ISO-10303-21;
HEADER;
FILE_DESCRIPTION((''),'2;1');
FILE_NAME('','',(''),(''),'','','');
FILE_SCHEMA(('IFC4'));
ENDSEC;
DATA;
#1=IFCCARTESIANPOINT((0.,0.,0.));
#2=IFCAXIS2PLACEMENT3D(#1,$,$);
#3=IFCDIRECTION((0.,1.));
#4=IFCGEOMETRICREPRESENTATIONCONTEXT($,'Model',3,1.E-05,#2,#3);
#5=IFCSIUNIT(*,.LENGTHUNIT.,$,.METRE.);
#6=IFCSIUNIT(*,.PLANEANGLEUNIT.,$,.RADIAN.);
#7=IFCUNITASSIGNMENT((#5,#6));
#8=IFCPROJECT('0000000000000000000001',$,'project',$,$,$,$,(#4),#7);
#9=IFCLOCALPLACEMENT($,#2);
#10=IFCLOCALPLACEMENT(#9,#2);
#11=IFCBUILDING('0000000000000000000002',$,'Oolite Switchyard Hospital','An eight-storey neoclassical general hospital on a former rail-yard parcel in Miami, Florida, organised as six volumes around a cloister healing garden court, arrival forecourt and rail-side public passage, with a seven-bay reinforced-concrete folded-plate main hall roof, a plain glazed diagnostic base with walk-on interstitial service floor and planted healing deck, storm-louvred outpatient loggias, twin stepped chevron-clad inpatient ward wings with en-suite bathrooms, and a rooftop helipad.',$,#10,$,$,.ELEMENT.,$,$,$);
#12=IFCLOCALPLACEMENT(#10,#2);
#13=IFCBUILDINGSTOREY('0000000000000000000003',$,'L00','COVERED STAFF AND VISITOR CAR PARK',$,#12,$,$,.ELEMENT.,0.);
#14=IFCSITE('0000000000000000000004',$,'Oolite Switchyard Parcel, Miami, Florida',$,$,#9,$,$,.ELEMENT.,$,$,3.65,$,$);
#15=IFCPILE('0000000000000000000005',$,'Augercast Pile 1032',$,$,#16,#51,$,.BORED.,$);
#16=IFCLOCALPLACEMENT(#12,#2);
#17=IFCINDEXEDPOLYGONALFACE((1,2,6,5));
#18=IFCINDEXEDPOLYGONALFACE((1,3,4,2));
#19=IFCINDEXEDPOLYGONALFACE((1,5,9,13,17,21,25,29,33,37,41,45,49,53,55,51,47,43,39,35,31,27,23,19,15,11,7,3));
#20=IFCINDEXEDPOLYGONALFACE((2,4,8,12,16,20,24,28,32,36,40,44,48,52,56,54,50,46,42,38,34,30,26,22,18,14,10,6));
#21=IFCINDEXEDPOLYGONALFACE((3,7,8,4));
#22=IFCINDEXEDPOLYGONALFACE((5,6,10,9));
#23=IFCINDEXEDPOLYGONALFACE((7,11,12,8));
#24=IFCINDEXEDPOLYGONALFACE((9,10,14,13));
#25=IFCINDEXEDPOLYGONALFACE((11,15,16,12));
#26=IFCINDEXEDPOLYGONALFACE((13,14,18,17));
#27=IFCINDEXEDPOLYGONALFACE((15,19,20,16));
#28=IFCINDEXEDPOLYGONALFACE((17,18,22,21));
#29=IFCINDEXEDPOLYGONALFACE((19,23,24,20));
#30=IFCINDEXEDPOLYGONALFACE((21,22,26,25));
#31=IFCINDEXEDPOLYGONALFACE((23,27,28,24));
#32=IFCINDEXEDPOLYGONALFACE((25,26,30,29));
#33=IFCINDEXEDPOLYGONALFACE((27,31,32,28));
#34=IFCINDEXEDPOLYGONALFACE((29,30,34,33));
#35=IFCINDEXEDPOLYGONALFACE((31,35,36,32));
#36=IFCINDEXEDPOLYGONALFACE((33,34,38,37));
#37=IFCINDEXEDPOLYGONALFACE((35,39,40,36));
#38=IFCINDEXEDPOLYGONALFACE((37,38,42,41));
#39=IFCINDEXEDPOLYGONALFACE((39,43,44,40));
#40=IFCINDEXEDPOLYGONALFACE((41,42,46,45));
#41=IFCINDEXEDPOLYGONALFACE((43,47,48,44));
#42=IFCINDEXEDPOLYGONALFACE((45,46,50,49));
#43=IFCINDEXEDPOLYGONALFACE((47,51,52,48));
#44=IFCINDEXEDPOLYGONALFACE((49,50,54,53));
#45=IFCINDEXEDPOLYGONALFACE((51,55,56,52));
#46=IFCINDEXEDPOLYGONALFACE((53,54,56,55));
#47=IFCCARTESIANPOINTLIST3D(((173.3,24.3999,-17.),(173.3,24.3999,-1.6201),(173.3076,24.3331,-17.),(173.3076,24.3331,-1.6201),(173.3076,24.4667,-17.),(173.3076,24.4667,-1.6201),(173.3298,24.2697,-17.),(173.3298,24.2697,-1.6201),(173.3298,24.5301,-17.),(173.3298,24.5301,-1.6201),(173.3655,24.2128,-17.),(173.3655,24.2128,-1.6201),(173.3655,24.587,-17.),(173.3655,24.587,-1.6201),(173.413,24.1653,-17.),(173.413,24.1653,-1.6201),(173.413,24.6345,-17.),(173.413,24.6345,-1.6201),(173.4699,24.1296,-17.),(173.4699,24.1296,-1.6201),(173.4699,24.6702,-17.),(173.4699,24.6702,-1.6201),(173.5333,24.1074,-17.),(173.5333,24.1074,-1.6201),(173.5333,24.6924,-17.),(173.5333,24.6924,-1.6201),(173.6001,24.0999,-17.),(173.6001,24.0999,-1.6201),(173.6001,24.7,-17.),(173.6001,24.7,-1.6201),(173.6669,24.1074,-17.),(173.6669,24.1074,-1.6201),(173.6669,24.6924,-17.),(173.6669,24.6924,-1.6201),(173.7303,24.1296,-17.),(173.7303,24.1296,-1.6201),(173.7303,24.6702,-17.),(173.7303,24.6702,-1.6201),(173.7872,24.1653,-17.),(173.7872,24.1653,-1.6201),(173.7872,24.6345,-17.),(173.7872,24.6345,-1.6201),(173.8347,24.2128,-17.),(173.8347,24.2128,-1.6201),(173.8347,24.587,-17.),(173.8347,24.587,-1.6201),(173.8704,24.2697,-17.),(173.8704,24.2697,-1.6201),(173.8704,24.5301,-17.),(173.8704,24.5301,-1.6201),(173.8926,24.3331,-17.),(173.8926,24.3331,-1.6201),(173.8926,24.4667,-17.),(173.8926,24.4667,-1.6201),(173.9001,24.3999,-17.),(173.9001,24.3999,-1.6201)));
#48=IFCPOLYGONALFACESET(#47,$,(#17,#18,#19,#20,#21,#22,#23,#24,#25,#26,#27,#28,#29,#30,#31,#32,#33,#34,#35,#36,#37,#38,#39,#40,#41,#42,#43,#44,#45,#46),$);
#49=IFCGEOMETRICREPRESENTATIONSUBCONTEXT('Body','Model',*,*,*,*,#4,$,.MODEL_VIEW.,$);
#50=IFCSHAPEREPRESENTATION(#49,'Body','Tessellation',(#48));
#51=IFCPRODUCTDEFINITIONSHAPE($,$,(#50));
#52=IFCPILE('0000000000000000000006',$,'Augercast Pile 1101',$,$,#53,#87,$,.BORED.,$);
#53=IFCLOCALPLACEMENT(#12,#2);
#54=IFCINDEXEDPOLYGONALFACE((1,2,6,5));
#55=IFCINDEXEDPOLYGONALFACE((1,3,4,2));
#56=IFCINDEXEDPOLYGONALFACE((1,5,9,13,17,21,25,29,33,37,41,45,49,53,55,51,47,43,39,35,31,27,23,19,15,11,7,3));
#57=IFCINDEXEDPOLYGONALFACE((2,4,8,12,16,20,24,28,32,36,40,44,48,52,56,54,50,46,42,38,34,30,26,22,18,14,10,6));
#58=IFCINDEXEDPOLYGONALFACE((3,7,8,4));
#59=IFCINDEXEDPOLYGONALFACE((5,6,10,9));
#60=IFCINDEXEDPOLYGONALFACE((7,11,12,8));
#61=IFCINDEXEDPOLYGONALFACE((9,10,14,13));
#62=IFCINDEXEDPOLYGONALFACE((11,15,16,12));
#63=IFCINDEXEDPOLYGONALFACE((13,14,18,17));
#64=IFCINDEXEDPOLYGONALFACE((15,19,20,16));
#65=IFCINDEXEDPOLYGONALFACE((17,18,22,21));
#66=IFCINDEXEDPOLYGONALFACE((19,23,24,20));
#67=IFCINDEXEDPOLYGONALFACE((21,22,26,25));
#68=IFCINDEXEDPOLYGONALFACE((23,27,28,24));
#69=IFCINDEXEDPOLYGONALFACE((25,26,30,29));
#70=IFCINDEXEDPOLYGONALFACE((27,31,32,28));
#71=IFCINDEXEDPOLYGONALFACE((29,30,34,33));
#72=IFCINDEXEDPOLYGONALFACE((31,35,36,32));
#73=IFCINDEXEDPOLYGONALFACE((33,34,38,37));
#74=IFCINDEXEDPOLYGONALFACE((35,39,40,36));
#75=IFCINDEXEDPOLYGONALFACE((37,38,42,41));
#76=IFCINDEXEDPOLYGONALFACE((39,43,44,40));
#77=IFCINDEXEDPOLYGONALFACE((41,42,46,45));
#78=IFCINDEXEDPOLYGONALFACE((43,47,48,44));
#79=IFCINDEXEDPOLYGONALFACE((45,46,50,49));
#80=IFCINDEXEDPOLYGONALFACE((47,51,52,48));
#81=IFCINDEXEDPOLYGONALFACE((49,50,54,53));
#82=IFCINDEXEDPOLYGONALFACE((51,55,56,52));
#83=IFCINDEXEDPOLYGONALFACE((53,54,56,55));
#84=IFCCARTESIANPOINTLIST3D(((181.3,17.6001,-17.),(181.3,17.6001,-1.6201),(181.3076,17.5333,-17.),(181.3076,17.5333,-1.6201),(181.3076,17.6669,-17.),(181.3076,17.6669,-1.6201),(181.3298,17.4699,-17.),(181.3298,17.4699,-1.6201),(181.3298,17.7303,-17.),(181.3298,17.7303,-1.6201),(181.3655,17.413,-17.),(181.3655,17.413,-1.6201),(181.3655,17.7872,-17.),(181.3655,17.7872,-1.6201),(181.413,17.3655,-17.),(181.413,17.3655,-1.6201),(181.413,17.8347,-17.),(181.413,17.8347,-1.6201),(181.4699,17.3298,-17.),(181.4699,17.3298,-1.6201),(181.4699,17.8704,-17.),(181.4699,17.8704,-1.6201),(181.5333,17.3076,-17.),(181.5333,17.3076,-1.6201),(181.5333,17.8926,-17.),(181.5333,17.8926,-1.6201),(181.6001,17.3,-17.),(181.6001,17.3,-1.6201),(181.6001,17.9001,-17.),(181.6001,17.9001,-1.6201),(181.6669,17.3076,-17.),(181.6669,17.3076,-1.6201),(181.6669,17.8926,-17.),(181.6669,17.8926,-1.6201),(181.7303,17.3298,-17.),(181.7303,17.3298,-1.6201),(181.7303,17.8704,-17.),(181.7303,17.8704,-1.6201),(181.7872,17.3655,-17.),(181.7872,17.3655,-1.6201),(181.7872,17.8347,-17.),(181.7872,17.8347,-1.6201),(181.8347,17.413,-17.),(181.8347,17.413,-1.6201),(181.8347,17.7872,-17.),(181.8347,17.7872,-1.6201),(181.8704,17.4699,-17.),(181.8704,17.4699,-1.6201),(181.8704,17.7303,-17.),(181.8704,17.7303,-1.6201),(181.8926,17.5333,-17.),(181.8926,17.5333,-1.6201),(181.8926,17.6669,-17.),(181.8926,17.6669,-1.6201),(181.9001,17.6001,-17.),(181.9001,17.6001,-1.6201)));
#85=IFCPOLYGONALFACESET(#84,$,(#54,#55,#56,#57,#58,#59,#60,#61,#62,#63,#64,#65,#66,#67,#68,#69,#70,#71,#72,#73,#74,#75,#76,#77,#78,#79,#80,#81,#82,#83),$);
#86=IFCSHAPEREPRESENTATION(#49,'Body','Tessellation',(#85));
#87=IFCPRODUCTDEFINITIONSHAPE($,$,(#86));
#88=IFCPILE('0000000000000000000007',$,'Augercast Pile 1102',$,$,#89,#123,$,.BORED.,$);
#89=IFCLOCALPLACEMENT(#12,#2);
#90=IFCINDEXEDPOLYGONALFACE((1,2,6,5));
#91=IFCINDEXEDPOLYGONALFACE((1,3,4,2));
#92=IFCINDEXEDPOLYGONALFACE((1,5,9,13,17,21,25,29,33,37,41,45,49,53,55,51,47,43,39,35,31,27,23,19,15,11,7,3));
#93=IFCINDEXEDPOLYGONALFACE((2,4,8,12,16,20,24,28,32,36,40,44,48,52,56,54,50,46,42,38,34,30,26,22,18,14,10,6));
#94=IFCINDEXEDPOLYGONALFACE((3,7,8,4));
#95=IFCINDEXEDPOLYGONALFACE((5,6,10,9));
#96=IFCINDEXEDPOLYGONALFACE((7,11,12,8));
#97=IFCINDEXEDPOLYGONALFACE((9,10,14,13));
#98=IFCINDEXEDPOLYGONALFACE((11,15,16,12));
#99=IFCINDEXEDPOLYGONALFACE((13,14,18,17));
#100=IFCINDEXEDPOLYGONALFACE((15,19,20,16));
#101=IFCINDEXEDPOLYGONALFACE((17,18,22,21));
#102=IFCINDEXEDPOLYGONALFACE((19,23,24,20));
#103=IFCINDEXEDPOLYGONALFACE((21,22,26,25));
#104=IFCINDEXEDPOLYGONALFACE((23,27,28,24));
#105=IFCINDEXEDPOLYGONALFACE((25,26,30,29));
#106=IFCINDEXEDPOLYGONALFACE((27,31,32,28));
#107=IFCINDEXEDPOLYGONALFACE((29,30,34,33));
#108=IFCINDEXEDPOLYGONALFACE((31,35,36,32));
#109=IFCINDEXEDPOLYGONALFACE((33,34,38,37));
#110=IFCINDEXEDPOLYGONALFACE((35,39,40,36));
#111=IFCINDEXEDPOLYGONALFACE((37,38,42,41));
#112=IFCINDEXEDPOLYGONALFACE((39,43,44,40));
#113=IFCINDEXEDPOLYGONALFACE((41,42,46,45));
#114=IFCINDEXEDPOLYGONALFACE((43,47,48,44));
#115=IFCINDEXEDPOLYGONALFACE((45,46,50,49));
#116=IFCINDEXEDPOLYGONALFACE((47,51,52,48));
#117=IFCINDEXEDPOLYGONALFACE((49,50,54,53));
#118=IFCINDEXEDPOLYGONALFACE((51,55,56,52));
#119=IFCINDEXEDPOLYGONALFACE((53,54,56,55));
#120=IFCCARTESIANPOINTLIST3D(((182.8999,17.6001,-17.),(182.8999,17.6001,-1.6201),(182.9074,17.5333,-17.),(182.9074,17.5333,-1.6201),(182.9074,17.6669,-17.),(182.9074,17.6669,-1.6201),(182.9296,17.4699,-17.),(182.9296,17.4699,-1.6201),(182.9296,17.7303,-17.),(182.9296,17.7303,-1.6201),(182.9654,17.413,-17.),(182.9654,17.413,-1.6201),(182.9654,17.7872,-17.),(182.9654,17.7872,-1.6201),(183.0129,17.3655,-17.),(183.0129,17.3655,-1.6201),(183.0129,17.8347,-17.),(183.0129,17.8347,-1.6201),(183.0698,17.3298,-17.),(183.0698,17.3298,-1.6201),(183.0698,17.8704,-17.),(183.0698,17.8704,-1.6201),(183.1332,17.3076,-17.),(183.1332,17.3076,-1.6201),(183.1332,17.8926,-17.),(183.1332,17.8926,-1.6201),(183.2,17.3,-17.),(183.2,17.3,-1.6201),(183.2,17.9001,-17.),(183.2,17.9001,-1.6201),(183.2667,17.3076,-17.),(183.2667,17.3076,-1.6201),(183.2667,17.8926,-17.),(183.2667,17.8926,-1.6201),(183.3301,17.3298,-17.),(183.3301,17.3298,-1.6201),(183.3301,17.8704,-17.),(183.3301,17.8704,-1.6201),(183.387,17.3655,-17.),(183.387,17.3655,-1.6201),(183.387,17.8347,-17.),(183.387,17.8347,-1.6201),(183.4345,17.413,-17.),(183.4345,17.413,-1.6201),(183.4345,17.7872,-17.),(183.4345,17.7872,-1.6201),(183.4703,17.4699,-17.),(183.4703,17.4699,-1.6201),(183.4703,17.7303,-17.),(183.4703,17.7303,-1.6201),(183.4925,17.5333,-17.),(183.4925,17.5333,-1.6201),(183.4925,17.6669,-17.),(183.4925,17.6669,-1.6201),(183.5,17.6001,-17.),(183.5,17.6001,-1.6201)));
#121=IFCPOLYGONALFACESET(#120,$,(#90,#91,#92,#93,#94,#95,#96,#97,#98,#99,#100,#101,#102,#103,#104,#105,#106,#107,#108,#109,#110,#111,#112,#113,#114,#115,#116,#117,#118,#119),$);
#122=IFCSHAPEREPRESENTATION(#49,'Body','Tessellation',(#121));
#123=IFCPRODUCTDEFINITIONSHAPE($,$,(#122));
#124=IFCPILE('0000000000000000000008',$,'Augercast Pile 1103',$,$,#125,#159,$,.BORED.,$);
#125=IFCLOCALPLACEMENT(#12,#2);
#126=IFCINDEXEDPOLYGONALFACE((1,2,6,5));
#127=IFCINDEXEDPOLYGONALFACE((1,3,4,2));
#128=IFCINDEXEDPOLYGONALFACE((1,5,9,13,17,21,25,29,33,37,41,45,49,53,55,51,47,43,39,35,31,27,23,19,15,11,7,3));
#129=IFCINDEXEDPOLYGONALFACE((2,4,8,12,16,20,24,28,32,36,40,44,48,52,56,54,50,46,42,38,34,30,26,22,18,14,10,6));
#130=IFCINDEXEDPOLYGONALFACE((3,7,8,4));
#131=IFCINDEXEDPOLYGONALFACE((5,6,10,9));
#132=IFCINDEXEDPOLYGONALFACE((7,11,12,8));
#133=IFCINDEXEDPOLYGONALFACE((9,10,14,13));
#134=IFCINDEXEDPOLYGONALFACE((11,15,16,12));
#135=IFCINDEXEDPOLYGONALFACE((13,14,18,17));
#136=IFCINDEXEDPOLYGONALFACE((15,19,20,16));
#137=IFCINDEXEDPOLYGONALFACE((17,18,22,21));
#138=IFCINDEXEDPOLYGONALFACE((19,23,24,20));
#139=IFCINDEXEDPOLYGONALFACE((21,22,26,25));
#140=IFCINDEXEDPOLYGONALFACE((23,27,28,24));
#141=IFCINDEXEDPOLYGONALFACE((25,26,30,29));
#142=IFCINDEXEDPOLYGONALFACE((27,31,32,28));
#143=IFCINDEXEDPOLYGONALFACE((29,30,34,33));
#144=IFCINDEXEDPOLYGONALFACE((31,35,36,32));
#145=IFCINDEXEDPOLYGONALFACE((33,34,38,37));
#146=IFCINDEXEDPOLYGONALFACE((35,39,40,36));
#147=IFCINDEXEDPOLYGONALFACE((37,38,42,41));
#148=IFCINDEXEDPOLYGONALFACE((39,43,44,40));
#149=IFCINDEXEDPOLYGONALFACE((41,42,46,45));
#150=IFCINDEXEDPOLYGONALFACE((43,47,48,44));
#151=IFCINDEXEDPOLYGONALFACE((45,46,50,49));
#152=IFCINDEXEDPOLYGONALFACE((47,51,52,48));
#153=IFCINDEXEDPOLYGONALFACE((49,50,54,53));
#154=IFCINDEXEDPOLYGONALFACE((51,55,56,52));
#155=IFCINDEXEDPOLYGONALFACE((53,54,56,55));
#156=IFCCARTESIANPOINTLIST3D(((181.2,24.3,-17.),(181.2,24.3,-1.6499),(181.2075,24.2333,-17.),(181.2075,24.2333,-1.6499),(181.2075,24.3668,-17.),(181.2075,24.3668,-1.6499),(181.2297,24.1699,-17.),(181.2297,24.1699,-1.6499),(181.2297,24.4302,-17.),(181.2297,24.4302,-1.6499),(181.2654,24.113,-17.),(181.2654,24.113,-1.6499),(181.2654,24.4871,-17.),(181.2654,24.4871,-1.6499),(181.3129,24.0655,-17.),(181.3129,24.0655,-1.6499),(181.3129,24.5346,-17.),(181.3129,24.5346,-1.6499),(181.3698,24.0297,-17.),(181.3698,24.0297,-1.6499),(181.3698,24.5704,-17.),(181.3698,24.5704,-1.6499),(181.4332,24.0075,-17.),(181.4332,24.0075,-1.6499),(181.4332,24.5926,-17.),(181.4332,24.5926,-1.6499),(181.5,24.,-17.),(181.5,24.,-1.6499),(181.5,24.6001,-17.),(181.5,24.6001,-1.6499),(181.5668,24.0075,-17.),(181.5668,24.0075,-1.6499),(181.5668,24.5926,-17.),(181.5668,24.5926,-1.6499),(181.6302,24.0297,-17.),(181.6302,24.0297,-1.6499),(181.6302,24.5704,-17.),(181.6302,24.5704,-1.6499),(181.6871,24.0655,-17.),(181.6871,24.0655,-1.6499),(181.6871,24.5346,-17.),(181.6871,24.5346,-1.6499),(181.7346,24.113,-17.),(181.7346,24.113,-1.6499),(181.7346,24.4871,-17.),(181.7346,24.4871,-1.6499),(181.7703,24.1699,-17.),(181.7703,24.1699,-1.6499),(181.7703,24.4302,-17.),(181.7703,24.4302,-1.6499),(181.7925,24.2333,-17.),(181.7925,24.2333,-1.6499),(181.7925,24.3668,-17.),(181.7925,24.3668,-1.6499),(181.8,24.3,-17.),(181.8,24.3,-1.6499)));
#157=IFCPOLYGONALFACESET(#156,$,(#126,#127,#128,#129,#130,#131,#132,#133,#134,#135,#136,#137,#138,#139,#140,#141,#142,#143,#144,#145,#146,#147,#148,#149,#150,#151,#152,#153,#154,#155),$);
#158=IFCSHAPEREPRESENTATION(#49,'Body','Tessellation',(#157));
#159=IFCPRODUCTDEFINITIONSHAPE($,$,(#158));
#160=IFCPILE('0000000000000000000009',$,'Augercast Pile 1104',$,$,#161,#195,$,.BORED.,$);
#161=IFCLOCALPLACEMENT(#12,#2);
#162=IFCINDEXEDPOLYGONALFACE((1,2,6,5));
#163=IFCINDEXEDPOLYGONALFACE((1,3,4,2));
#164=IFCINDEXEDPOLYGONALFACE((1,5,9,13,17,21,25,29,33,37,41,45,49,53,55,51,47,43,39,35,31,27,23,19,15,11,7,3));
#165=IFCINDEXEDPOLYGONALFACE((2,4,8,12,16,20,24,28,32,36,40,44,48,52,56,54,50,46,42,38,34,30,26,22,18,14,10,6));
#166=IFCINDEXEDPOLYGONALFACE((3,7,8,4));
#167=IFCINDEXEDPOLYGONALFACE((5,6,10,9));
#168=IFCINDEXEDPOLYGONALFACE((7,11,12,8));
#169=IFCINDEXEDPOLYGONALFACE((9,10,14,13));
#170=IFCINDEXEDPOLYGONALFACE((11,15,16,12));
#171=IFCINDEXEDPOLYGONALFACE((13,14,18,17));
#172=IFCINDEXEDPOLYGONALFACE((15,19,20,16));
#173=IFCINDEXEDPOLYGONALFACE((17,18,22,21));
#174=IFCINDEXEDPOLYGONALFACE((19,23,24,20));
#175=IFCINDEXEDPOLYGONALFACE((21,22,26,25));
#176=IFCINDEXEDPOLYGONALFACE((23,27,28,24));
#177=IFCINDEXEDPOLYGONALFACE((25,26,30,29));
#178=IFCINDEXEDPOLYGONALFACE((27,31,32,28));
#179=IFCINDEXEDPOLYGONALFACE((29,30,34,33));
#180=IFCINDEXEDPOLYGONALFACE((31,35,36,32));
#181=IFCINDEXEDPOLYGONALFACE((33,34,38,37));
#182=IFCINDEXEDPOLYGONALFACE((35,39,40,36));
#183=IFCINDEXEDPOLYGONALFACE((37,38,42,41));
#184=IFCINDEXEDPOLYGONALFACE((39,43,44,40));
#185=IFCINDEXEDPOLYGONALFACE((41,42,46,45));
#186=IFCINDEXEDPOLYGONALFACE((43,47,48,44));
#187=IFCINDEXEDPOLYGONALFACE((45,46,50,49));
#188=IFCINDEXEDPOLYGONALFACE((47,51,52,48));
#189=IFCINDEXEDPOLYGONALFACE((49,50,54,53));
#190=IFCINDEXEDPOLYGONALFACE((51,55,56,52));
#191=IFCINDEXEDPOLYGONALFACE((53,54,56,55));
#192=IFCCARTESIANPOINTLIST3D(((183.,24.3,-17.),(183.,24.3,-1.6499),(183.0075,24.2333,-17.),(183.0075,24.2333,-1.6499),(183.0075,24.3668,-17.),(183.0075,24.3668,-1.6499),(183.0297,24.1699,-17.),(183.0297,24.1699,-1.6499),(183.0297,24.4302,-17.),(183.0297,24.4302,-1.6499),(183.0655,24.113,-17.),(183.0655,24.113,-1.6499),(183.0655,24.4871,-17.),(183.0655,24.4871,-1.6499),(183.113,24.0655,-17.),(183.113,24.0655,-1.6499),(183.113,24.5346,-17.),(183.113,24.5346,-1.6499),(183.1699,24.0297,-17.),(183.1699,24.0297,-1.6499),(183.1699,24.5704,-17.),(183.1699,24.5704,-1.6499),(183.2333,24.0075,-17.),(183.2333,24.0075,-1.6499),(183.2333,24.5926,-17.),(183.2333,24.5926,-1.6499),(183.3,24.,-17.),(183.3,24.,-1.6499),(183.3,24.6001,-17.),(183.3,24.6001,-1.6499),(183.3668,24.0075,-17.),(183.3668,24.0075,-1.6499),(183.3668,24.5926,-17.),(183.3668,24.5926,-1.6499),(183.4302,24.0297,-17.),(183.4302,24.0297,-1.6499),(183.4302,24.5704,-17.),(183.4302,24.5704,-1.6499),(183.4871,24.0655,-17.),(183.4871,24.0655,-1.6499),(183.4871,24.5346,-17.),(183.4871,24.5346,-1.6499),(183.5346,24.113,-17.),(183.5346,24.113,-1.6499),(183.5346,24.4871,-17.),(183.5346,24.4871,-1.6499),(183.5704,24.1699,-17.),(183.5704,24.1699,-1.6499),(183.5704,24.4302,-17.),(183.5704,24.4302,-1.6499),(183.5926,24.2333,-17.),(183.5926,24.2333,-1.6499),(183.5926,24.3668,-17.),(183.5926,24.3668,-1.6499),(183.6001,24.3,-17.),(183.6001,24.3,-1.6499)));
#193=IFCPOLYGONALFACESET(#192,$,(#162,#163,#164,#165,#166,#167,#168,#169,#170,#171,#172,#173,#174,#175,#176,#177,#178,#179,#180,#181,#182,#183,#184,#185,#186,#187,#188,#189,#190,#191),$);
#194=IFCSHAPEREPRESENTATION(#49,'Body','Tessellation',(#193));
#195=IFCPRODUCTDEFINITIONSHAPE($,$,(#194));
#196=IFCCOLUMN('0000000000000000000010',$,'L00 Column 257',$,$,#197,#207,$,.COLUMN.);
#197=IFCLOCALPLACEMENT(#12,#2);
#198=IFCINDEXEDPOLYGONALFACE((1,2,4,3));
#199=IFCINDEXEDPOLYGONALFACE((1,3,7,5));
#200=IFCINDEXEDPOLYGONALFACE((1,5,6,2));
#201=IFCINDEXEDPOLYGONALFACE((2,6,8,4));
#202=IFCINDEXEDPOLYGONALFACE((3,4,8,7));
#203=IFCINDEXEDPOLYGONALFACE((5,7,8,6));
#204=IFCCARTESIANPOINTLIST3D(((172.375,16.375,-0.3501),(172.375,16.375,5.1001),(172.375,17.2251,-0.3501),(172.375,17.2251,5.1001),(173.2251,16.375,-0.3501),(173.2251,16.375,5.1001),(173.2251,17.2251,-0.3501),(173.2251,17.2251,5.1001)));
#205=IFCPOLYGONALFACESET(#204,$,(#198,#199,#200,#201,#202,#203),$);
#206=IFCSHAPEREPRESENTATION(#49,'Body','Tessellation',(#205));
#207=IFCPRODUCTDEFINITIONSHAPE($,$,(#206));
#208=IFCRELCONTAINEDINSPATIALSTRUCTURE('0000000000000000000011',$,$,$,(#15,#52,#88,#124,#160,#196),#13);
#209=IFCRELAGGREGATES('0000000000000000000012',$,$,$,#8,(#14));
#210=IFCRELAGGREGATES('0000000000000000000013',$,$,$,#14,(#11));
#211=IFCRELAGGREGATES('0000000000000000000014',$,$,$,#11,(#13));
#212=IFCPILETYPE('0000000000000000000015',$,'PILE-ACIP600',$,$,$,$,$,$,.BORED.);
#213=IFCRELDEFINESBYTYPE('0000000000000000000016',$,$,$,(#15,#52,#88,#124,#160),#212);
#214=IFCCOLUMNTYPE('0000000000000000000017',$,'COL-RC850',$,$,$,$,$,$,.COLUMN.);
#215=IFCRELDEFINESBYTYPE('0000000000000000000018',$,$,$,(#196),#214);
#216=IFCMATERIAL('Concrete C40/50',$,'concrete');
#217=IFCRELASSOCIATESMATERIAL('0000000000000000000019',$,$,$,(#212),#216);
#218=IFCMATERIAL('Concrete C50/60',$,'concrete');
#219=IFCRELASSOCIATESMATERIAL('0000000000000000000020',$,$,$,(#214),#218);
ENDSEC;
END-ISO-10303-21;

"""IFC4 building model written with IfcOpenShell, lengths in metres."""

from ifc_helpers import new_model, si_unit, direction, frame, origin, origin_2d, place, context, subcontext, project, spatial, rectangle, circle, extrude, material, material_profile, profile_set, type_object, element, save


model = new_model("IFC4")

# Units and contexts
model_context = context("Model", 3, precision=1e-05, world=origin(), true_north=direction((0.0, 1.0)))
body_context = subcontext(model_context, "Body", "Model", "MODEL_VIEW")
ifc_project = project(units=[si_unit("LENGTHUNIT", "METRE"), si_unit("PLANEANGLEUNIT", "RADIAN")], contexts=[model_context])

# Site, building, storey
site_placement = place(None, origin())
site = spatial("IfcSite", under=ifc_project, at=site_placement, Name="Oolite Switchyard Parcel, Miami, Florida", CompositionType="ELEMENT", RefElevation=3.65)
building_placement = place(site_placement, origin())
building = spatial("IfcBuilding", under=site, at=building_placement, Name="Oolite Switchyard Hospital", Description="An eight-storey neoclassical general hospital on a former rail-yard parcel in Miami, Florida, organised as six volumes around a cloister healing garden court, arrival forecourt and rail-side public passage, with a seven-bay reinforced-concrete folded-plate main hall roof, a plain glazed diagnostic base with walk-on interstitial service floor and planted healing deck, storm-louvred outpatient loggias, twin stepped chevron-clad inpatient ward wings with en-suite bathrooms, and a rooftop helipad.", CompositionType="ELEMENT")
storey_placement = place(building_placement, origin())
storey = spatial("IfcBuildingStorey", under=building, at=storey_placement, Name="L00", Description="COVERED STAFF AND VISITOR CAR PARK", CompositionType="ELEMENT", Elevation=0.0)

# Shared definitions
ifc_material_1 = material(Name="Concrete C40/50", Category="concrete")

# Piles
ifc_material_profile_1 = material_profile(ifc_material_1, circle(Radius=0.3, at=origin_2d()), Name="PILE600")
ifc_profile_set_1 = profile_set([ifc_material_profile_1], Name="Concrete C40/50")
pile_type = type_object("IfcPileType", Name="PILE-ACIP600", PredefinedType="BORED", material=ifc_profile_set_1)
for number, where, z_axis, x_axis, name in (
    (1, (173.6001, 24.3999, -1.6201), (0.0, 0.0, -1.0), (1.0, 0.0, 0.0), "Augercast Pile 1032"),
    (2, (181.6001, 17.6001, -1.6201), (0.0, 0.0, -1.0), (1.0, 0.0, 0.0), "Augercast Pile 1101"),
    (3, (183.2, 17.6001, -1.6201), (0.0, 0.0, -1.0), (1.0, 0.0, 0.0), "Augercast Pile 1102"),
):
    element("IfcPile", number, at=place(storey_placement, frame(where, z_axis=z_axis, x_axis=x_axis)), inside=storey, type_object=pile_type, Name=name, PredefinedType="BORED", context=body_context, shape_type="SweptSolid", body=[
        extrude(circle(Radius=0.3, at=origin_2d()), origin(), (0.0, 0.0, 1.0), 15.3799),
    ])
for number, where, z_axis, x_axis, name in (
    (4, (181.5, 24.3, -1.6499), (0.0, 0.0, -1.0), (1.0, 0.0, 0.0), "Augercast Pile 1103"),
    (5, (183.3, 24.3, -1.6499), (0.0, 0.0, -1.0), (1.0, 0.0, 0.0), "Augercast Pile 1104"),
):
    element("IfcPile", number, at=place(storey_placement, frame(where, z_axis=z_axis, x_axis=x_axis)), inside=storey, type_object=pile_type, Name=name, PredefinedType="BORED", context=body_context, shape_type="SweptSolid", body=[
        extrude(circle(Radius=0.3, at=origin_2d()), origin(), (0.0, 0.0, 1.0), 15.3501),
    ])

# Column
ifc_material_2 = material(Name="Concrete C50/60", Category="concrete")
ifc_material_profile_2 = material_profile(ifc_material_2, rectangle(XDim=0.8501, YDim=0.8501, at=origin_2d()), Name="RC850X850")
ifc_profile_set_2 = profile_set([ifc_material_profile_2], Name="Concrete C50/60")
column_type = type_object("IfcColumnType", Name="COL-RC850", PredefinedType="COLUMN", material=ifc_profile_set_2)
for number, where, z_axis, x_axis, name in (
    (6, (172.8, 16.8, -0.3501), (0.0, 0.0, 1.0), (1.0, 0.0, 0.0), "L00 Column 257"),
):
    element("IfcColumn", number, at=place(storey_placement, frame(where, z_axis=z_axis, x_axis=x_axis)), inside=storey, type_object=column_type, Name=name, PredefinedType="COLUMN", context=body_context, shape_type="SweptSolid", body=[
        extrude(rectangle(XDim=0.8501, YDim=0.8501, at=origin_2d()), origin(), (0.0, 0.0, 1.0), 5.4502),
    ])

save(model, "model.ifc")
